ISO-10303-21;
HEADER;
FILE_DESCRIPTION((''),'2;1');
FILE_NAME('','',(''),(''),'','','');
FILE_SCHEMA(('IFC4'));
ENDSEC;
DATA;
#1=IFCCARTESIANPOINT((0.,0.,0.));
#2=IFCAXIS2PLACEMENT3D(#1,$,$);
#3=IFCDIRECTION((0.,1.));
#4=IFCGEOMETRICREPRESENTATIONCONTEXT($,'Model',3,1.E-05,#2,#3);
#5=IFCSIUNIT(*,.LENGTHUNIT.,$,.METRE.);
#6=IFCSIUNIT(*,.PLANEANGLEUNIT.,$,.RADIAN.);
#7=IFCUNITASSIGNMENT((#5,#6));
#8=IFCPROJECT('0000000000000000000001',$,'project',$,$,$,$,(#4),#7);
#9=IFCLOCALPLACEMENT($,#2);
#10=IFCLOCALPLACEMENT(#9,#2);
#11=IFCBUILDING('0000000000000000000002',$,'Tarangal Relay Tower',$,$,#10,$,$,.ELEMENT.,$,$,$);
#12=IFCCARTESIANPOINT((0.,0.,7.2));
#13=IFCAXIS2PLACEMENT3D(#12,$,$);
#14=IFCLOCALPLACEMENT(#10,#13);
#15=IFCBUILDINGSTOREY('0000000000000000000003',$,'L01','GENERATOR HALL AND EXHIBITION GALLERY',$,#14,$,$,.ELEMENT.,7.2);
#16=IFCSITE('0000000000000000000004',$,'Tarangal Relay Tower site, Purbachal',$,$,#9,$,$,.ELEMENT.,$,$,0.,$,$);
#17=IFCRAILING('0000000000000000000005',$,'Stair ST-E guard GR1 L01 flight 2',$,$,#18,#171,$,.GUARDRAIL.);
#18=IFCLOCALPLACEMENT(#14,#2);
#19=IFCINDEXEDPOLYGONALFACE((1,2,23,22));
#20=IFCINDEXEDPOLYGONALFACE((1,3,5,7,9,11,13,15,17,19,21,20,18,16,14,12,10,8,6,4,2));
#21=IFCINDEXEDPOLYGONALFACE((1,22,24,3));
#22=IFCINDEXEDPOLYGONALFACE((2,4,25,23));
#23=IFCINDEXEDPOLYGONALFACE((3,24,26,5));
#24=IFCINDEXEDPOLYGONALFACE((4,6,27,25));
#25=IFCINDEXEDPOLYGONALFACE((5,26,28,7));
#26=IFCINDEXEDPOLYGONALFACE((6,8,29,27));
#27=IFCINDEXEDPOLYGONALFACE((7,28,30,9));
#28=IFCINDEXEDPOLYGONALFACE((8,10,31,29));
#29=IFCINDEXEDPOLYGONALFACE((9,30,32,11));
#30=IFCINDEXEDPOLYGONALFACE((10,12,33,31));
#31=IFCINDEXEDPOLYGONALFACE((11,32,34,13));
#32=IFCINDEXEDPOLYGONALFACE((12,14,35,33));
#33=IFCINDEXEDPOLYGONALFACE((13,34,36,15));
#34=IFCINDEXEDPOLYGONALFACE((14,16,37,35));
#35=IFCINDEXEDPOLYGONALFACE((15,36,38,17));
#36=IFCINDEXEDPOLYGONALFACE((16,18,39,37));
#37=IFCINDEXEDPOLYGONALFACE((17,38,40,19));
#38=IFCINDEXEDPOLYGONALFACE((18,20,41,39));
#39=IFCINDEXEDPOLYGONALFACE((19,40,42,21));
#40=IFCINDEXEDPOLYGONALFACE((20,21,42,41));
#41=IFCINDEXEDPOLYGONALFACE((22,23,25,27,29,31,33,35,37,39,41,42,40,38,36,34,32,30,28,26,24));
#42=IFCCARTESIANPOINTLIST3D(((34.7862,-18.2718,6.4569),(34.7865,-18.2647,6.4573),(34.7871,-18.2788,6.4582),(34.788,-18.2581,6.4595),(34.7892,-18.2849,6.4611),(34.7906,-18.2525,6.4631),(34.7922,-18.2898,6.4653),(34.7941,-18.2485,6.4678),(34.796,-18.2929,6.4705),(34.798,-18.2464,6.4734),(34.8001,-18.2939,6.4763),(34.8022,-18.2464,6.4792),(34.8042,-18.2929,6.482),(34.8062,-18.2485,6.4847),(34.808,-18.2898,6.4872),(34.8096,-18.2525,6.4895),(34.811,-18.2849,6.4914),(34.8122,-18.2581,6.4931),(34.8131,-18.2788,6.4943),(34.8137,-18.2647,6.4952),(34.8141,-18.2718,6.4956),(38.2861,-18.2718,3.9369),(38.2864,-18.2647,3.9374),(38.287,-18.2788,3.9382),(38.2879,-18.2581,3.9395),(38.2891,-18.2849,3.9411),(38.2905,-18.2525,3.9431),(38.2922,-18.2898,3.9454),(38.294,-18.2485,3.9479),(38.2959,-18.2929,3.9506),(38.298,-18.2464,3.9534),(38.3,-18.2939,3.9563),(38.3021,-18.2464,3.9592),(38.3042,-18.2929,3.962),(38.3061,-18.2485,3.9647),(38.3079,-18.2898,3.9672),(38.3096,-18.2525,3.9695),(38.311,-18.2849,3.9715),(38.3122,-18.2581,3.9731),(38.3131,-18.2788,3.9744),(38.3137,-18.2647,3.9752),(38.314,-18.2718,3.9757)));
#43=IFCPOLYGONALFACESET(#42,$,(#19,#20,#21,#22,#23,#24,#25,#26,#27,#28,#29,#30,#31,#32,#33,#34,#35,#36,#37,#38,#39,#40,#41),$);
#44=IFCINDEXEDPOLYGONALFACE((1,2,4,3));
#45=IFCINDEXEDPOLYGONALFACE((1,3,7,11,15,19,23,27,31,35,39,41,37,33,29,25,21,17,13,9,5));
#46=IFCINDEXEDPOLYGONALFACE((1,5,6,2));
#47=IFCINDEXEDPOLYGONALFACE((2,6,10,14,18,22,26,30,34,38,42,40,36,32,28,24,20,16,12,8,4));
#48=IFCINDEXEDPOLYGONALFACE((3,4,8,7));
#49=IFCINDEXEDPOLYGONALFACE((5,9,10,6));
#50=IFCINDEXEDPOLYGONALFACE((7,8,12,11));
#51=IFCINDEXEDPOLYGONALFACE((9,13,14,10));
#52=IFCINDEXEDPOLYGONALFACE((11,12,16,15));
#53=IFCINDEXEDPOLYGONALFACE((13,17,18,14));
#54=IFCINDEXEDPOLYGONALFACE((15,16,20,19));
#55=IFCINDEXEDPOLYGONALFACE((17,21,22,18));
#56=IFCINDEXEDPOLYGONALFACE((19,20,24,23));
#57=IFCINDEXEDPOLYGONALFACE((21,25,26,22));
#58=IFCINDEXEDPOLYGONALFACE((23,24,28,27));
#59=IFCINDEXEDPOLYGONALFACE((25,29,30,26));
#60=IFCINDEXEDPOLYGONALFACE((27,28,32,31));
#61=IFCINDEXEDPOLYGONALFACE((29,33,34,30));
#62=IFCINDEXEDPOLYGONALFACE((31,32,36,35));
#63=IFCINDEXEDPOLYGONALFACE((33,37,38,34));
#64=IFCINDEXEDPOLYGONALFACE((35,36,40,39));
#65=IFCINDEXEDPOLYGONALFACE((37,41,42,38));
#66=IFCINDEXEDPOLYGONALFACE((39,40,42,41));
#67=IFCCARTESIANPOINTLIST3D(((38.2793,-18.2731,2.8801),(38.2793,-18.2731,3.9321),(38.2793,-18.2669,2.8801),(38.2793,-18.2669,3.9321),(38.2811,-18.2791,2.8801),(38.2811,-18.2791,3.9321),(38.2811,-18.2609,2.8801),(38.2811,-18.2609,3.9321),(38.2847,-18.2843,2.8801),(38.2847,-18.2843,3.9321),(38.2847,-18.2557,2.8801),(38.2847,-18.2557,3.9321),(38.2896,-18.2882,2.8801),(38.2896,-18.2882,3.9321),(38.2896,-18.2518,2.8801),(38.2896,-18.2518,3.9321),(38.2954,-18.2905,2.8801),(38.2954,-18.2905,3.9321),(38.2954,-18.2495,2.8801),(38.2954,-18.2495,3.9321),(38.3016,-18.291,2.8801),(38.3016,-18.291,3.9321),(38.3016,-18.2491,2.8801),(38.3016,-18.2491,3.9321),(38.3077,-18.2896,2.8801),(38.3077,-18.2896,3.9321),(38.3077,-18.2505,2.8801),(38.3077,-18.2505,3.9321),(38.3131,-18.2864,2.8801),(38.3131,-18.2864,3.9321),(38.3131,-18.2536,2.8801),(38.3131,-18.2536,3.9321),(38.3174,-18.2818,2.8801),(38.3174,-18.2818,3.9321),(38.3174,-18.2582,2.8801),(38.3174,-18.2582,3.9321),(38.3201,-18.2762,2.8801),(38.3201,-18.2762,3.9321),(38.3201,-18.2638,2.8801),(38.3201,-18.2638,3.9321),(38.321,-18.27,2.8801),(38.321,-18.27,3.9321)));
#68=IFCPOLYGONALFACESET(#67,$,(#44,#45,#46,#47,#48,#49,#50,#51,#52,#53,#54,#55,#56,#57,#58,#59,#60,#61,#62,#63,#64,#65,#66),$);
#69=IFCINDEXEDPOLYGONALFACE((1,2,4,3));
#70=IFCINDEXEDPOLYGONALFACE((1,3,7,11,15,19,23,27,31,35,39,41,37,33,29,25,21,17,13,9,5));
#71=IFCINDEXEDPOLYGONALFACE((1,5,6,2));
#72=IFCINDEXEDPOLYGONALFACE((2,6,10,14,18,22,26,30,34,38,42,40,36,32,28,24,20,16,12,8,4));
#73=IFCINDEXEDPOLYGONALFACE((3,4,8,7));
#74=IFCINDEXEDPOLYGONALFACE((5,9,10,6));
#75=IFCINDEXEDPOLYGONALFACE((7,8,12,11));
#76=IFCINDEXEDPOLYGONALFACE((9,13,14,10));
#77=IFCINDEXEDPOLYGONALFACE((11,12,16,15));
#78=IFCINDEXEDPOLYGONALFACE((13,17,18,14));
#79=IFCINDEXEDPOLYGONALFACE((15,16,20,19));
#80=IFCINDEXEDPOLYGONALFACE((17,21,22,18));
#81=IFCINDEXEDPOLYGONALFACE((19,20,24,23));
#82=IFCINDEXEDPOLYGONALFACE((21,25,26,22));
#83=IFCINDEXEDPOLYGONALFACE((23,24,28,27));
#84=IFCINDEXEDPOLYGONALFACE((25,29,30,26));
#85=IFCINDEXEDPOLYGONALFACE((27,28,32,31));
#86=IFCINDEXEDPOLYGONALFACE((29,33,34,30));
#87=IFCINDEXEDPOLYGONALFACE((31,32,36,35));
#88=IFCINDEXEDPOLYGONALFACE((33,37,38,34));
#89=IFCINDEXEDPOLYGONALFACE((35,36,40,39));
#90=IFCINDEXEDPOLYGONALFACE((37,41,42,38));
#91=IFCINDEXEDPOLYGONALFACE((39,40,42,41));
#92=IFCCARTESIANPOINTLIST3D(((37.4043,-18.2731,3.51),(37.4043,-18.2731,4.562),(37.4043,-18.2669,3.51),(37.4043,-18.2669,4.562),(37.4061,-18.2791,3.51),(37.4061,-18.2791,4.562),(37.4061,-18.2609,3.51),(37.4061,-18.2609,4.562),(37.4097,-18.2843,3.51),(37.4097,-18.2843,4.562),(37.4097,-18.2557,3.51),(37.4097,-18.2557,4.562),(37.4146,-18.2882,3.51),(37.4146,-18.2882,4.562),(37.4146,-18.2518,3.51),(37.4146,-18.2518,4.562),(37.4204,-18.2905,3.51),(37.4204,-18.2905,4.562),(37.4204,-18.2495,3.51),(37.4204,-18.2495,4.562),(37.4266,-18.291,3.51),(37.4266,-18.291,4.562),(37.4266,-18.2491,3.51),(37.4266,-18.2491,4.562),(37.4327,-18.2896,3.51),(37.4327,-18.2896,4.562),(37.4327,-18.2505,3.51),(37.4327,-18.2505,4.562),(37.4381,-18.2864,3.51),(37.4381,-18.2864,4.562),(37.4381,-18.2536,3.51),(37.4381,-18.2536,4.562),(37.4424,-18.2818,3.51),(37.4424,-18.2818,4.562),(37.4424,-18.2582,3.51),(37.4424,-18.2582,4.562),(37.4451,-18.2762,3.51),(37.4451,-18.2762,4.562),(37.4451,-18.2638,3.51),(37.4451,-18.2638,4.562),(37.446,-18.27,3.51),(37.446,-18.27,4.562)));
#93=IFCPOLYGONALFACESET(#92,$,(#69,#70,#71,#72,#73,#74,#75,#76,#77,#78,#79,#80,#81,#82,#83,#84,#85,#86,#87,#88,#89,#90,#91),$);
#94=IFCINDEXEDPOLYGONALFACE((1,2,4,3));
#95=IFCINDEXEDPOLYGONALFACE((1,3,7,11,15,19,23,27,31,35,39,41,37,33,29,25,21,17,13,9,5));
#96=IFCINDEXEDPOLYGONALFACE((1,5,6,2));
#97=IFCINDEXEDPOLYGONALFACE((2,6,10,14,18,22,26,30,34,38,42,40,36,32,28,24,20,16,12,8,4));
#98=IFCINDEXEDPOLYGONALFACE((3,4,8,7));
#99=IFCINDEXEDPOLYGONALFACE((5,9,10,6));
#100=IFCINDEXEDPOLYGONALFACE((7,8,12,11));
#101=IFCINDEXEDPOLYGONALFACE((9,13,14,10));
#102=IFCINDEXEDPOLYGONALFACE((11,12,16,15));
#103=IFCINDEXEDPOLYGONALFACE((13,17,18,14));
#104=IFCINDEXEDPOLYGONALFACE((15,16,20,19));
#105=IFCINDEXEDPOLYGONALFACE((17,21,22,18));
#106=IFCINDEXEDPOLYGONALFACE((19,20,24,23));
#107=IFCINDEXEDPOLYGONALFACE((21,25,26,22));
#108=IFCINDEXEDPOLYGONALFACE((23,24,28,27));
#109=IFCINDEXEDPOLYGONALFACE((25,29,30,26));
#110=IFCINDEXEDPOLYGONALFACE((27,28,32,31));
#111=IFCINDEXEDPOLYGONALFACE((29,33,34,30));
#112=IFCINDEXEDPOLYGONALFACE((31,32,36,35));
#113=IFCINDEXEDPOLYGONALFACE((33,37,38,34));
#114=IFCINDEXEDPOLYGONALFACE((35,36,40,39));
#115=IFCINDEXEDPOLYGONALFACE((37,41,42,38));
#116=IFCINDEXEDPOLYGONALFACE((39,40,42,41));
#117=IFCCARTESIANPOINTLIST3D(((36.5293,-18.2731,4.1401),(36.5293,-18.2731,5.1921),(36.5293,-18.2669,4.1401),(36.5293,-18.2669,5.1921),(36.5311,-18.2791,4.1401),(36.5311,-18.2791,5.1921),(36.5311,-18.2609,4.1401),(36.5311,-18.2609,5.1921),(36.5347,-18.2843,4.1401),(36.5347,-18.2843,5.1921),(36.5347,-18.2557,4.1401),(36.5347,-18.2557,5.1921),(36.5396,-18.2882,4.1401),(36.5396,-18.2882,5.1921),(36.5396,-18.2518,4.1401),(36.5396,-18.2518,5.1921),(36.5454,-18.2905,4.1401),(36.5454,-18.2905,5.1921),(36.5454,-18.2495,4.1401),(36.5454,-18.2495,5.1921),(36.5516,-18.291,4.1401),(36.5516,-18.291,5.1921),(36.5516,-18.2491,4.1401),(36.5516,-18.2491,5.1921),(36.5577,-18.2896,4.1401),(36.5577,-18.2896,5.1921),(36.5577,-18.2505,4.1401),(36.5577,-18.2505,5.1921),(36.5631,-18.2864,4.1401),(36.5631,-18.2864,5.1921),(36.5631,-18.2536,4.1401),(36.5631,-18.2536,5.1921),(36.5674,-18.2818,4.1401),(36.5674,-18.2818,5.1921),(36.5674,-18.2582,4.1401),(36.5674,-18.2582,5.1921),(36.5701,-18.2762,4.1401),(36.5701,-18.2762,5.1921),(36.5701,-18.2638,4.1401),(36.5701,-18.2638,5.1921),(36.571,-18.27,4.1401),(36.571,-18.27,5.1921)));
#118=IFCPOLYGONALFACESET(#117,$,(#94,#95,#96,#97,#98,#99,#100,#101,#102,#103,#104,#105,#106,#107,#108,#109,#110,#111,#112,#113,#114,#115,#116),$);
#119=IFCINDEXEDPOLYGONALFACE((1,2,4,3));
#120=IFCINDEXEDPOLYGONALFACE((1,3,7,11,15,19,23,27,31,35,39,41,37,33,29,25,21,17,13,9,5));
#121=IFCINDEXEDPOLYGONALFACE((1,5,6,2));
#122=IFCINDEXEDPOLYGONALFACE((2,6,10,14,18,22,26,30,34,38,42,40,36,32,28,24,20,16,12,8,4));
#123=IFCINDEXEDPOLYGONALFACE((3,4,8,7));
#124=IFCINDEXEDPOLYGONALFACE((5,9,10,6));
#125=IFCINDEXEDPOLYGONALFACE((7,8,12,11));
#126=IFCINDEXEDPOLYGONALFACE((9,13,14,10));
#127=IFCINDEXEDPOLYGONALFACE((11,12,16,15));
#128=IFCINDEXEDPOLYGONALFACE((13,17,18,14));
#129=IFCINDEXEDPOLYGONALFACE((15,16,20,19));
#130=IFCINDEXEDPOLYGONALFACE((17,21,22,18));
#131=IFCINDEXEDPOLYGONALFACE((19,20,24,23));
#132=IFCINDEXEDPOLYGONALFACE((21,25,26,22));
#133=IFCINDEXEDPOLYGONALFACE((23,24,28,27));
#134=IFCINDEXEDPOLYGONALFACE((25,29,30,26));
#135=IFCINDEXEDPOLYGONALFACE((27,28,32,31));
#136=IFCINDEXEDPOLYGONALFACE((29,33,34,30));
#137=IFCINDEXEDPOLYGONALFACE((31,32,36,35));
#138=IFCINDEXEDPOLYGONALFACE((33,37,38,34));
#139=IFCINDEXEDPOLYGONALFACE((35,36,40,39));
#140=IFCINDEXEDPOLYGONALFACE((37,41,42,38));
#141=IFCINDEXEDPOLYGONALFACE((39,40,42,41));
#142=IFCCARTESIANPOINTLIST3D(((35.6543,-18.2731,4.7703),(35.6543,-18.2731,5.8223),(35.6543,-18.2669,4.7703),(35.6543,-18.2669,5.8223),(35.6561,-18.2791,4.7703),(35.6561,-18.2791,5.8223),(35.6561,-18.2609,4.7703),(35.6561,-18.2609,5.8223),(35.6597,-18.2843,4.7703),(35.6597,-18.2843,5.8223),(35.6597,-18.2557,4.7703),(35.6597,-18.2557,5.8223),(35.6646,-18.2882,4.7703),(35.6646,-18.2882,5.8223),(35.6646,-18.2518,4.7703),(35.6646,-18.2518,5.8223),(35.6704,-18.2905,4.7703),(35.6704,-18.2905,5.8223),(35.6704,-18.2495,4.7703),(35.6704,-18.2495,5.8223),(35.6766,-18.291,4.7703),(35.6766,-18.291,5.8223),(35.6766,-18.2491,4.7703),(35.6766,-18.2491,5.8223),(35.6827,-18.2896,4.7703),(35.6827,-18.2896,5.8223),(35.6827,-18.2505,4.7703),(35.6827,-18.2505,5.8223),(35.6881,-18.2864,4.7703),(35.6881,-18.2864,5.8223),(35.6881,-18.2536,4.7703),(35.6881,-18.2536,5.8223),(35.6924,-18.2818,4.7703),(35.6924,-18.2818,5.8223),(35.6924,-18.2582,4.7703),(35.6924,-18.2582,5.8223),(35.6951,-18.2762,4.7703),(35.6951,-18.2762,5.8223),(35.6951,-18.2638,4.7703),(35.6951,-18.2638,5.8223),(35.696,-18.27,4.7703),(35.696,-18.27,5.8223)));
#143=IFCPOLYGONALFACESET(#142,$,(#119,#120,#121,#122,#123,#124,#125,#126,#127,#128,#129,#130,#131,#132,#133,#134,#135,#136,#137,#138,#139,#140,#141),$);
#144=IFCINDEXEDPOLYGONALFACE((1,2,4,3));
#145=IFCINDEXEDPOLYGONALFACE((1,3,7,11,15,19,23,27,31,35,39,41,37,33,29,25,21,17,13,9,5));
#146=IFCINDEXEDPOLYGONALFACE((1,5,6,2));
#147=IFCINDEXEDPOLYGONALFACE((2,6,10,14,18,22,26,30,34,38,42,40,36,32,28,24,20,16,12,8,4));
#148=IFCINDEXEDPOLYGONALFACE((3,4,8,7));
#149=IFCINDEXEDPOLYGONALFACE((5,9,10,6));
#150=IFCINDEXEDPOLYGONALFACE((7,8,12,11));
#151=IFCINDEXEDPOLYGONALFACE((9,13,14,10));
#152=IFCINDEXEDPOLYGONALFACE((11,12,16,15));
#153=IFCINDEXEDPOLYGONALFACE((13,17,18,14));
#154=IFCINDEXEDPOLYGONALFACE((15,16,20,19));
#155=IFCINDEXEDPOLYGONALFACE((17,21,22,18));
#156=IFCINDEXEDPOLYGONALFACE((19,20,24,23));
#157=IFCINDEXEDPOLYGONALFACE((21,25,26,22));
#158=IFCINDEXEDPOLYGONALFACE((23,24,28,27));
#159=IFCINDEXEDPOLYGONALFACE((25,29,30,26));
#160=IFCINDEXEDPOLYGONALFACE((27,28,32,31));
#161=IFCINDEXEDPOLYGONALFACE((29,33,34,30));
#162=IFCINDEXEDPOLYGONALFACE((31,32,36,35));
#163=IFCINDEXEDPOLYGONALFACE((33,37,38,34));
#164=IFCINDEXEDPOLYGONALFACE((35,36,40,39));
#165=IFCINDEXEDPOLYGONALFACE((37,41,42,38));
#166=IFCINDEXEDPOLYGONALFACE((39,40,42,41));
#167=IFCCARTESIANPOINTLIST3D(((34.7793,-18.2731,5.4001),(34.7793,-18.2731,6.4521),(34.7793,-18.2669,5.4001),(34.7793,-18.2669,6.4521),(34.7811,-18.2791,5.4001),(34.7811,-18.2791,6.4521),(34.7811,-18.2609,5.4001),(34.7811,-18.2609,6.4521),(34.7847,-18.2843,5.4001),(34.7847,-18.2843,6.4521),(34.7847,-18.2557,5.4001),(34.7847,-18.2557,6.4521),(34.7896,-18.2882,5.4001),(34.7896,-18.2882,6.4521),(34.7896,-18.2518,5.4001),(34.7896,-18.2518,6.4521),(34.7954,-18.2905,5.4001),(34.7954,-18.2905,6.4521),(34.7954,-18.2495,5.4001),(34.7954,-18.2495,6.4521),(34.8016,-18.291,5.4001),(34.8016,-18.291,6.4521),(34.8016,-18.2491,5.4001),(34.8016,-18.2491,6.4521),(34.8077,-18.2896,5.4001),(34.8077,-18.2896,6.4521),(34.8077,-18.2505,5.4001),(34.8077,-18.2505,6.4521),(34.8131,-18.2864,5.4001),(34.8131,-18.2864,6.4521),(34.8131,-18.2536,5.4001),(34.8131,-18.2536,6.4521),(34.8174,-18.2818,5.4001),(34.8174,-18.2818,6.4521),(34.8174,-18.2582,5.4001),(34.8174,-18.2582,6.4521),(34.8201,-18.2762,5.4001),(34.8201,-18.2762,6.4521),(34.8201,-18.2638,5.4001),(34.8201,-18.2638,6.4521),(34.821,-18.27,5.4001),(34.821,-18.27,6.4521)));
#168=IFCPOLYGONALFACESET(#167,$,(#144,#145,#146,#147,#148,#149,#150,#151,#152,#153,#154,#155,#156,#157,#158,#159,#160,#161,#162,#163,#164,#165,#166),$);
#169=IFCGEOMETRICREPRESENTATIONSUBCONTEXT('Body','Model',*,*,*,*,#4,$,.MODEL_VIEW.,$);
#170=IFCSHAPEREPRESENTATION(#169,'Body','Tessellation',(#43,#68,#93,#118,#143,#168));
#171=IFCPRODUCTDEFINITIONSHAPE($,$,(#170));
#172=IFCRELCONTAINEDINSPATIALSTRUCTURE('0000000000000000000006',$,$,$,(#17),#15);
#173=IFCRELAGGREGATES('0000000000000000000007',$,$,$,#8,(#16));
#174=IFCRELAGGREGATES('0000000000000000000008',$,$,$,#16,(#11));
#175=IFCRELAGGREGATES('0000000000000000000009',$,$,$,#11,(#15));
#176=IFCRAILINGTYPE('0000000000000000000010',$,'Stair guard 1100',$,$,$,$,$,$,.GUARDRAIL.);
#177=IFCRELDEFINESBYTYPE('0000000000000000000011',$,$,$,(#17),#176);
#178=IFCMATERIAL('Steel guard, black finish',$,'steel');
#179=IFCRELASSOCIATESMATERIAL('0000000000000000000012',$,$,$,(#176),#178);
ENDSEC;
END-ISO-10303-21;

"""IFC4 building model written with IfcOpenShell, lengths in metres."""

from ifc_helpers import new_model, si_unit, direction, frame, origin, origin_2d, place, context, subcontext, project, spatial, circle, extrude, material, type_object, element, save


model = new_model("IFC4")

# Units and contexts
model_context = context("Model", 3, precision=1e-05, world=origin(), true_north=direction((0.0, 1.0)))
body_context = subcontext(model_context, "Body", "Model", "MODEL_VIEW")
ifc_project = project(units=[si_unit("LENGTHUNIT", "METRE"), si_unit("PLANEANGLEUNIT", "RADIAN")], contexts=[model_context])

# Site, building, storey
site_placement = place(None, origin())
site = spatial("IfcSite", under=ifc_project, at=site_placement, Name="Tarangal Relay Tower site, Purbachal", CompositionType="ELEMENT", RefElevation=0.0)
building_placement = place(site_placement, origin())
building = spatial("IfcBuilding", under=site, at=building_placement, Name="Tarangal Relay Tower", CompositionType="ELEMENT")
storey_placement = place(building_placement, frame((0.0, 0.0, 7.2)))
storey = spatial("IfcBuildingStorey", under=building, at=storey_placement, Name="L01", Description="GENERATOR HALL AND EXHIBITION GALLERY", CompositionType="ELEMENT", Elevation=7.2)

# Railing
ifc_material_1 = material(Name="Steel guard, black finish", Category="steel")
railing_type_1 = type_object("IfcRailingType", Name="Stair guard 1100", PredefinedType="GUARDRAIL", material=ifc_material_1)
railing_1_placement = place(storey_placement, frame((38.3, -18.27, 2.8801)))
element("IfcRailing", 1, at=railing_1_placement, inside=storey, type_object=railing_type_1, Name="Stair ST-E guard GR1 L01 flight 2", PredefinedType="GUARDRAIL", context=body_context, shape_type="SweptSolid", body=[
    extrude(circle(Radius=0.0239, at=origin_2d()), frame((0.0, 0.0, 1.0762), z_axis=(-0.811532, 0.0, 0.584308), x_axis=(0.0, -1.0, 0.0)), (0.0, 0.0, 1.0), 4.3127),
    extrude(circle(Radius=0.021, at=origin_2d()), origin(), (0.0, 0.0, 1.0), 1.052),
    extrude(circle(Radius=0.021, at=origin_2d()), frame((-0.875, 0.0, 0.6299)), (0.0, 0.0, 1.0), 1.052),
    extrude(circle(Radius=0.021, at=origin_2d()), frame((-1.75, 0.0, 1.26)), (0.0, 0.0, 1.0), 1.052),
    extrude(circle(Radius=0.021, at=origin_2d()), frame((-2.625, 0.0, 1.8901)), (0.0, 0.0, 1.0), 1.052),
    extrude(circle(Radius=0.021, at=origin_2d()), frame((-3.5, 0.0, 2.52)), (0.0, 0.0, 1.0), 1.052),
])

save(model, "model.ifc")
